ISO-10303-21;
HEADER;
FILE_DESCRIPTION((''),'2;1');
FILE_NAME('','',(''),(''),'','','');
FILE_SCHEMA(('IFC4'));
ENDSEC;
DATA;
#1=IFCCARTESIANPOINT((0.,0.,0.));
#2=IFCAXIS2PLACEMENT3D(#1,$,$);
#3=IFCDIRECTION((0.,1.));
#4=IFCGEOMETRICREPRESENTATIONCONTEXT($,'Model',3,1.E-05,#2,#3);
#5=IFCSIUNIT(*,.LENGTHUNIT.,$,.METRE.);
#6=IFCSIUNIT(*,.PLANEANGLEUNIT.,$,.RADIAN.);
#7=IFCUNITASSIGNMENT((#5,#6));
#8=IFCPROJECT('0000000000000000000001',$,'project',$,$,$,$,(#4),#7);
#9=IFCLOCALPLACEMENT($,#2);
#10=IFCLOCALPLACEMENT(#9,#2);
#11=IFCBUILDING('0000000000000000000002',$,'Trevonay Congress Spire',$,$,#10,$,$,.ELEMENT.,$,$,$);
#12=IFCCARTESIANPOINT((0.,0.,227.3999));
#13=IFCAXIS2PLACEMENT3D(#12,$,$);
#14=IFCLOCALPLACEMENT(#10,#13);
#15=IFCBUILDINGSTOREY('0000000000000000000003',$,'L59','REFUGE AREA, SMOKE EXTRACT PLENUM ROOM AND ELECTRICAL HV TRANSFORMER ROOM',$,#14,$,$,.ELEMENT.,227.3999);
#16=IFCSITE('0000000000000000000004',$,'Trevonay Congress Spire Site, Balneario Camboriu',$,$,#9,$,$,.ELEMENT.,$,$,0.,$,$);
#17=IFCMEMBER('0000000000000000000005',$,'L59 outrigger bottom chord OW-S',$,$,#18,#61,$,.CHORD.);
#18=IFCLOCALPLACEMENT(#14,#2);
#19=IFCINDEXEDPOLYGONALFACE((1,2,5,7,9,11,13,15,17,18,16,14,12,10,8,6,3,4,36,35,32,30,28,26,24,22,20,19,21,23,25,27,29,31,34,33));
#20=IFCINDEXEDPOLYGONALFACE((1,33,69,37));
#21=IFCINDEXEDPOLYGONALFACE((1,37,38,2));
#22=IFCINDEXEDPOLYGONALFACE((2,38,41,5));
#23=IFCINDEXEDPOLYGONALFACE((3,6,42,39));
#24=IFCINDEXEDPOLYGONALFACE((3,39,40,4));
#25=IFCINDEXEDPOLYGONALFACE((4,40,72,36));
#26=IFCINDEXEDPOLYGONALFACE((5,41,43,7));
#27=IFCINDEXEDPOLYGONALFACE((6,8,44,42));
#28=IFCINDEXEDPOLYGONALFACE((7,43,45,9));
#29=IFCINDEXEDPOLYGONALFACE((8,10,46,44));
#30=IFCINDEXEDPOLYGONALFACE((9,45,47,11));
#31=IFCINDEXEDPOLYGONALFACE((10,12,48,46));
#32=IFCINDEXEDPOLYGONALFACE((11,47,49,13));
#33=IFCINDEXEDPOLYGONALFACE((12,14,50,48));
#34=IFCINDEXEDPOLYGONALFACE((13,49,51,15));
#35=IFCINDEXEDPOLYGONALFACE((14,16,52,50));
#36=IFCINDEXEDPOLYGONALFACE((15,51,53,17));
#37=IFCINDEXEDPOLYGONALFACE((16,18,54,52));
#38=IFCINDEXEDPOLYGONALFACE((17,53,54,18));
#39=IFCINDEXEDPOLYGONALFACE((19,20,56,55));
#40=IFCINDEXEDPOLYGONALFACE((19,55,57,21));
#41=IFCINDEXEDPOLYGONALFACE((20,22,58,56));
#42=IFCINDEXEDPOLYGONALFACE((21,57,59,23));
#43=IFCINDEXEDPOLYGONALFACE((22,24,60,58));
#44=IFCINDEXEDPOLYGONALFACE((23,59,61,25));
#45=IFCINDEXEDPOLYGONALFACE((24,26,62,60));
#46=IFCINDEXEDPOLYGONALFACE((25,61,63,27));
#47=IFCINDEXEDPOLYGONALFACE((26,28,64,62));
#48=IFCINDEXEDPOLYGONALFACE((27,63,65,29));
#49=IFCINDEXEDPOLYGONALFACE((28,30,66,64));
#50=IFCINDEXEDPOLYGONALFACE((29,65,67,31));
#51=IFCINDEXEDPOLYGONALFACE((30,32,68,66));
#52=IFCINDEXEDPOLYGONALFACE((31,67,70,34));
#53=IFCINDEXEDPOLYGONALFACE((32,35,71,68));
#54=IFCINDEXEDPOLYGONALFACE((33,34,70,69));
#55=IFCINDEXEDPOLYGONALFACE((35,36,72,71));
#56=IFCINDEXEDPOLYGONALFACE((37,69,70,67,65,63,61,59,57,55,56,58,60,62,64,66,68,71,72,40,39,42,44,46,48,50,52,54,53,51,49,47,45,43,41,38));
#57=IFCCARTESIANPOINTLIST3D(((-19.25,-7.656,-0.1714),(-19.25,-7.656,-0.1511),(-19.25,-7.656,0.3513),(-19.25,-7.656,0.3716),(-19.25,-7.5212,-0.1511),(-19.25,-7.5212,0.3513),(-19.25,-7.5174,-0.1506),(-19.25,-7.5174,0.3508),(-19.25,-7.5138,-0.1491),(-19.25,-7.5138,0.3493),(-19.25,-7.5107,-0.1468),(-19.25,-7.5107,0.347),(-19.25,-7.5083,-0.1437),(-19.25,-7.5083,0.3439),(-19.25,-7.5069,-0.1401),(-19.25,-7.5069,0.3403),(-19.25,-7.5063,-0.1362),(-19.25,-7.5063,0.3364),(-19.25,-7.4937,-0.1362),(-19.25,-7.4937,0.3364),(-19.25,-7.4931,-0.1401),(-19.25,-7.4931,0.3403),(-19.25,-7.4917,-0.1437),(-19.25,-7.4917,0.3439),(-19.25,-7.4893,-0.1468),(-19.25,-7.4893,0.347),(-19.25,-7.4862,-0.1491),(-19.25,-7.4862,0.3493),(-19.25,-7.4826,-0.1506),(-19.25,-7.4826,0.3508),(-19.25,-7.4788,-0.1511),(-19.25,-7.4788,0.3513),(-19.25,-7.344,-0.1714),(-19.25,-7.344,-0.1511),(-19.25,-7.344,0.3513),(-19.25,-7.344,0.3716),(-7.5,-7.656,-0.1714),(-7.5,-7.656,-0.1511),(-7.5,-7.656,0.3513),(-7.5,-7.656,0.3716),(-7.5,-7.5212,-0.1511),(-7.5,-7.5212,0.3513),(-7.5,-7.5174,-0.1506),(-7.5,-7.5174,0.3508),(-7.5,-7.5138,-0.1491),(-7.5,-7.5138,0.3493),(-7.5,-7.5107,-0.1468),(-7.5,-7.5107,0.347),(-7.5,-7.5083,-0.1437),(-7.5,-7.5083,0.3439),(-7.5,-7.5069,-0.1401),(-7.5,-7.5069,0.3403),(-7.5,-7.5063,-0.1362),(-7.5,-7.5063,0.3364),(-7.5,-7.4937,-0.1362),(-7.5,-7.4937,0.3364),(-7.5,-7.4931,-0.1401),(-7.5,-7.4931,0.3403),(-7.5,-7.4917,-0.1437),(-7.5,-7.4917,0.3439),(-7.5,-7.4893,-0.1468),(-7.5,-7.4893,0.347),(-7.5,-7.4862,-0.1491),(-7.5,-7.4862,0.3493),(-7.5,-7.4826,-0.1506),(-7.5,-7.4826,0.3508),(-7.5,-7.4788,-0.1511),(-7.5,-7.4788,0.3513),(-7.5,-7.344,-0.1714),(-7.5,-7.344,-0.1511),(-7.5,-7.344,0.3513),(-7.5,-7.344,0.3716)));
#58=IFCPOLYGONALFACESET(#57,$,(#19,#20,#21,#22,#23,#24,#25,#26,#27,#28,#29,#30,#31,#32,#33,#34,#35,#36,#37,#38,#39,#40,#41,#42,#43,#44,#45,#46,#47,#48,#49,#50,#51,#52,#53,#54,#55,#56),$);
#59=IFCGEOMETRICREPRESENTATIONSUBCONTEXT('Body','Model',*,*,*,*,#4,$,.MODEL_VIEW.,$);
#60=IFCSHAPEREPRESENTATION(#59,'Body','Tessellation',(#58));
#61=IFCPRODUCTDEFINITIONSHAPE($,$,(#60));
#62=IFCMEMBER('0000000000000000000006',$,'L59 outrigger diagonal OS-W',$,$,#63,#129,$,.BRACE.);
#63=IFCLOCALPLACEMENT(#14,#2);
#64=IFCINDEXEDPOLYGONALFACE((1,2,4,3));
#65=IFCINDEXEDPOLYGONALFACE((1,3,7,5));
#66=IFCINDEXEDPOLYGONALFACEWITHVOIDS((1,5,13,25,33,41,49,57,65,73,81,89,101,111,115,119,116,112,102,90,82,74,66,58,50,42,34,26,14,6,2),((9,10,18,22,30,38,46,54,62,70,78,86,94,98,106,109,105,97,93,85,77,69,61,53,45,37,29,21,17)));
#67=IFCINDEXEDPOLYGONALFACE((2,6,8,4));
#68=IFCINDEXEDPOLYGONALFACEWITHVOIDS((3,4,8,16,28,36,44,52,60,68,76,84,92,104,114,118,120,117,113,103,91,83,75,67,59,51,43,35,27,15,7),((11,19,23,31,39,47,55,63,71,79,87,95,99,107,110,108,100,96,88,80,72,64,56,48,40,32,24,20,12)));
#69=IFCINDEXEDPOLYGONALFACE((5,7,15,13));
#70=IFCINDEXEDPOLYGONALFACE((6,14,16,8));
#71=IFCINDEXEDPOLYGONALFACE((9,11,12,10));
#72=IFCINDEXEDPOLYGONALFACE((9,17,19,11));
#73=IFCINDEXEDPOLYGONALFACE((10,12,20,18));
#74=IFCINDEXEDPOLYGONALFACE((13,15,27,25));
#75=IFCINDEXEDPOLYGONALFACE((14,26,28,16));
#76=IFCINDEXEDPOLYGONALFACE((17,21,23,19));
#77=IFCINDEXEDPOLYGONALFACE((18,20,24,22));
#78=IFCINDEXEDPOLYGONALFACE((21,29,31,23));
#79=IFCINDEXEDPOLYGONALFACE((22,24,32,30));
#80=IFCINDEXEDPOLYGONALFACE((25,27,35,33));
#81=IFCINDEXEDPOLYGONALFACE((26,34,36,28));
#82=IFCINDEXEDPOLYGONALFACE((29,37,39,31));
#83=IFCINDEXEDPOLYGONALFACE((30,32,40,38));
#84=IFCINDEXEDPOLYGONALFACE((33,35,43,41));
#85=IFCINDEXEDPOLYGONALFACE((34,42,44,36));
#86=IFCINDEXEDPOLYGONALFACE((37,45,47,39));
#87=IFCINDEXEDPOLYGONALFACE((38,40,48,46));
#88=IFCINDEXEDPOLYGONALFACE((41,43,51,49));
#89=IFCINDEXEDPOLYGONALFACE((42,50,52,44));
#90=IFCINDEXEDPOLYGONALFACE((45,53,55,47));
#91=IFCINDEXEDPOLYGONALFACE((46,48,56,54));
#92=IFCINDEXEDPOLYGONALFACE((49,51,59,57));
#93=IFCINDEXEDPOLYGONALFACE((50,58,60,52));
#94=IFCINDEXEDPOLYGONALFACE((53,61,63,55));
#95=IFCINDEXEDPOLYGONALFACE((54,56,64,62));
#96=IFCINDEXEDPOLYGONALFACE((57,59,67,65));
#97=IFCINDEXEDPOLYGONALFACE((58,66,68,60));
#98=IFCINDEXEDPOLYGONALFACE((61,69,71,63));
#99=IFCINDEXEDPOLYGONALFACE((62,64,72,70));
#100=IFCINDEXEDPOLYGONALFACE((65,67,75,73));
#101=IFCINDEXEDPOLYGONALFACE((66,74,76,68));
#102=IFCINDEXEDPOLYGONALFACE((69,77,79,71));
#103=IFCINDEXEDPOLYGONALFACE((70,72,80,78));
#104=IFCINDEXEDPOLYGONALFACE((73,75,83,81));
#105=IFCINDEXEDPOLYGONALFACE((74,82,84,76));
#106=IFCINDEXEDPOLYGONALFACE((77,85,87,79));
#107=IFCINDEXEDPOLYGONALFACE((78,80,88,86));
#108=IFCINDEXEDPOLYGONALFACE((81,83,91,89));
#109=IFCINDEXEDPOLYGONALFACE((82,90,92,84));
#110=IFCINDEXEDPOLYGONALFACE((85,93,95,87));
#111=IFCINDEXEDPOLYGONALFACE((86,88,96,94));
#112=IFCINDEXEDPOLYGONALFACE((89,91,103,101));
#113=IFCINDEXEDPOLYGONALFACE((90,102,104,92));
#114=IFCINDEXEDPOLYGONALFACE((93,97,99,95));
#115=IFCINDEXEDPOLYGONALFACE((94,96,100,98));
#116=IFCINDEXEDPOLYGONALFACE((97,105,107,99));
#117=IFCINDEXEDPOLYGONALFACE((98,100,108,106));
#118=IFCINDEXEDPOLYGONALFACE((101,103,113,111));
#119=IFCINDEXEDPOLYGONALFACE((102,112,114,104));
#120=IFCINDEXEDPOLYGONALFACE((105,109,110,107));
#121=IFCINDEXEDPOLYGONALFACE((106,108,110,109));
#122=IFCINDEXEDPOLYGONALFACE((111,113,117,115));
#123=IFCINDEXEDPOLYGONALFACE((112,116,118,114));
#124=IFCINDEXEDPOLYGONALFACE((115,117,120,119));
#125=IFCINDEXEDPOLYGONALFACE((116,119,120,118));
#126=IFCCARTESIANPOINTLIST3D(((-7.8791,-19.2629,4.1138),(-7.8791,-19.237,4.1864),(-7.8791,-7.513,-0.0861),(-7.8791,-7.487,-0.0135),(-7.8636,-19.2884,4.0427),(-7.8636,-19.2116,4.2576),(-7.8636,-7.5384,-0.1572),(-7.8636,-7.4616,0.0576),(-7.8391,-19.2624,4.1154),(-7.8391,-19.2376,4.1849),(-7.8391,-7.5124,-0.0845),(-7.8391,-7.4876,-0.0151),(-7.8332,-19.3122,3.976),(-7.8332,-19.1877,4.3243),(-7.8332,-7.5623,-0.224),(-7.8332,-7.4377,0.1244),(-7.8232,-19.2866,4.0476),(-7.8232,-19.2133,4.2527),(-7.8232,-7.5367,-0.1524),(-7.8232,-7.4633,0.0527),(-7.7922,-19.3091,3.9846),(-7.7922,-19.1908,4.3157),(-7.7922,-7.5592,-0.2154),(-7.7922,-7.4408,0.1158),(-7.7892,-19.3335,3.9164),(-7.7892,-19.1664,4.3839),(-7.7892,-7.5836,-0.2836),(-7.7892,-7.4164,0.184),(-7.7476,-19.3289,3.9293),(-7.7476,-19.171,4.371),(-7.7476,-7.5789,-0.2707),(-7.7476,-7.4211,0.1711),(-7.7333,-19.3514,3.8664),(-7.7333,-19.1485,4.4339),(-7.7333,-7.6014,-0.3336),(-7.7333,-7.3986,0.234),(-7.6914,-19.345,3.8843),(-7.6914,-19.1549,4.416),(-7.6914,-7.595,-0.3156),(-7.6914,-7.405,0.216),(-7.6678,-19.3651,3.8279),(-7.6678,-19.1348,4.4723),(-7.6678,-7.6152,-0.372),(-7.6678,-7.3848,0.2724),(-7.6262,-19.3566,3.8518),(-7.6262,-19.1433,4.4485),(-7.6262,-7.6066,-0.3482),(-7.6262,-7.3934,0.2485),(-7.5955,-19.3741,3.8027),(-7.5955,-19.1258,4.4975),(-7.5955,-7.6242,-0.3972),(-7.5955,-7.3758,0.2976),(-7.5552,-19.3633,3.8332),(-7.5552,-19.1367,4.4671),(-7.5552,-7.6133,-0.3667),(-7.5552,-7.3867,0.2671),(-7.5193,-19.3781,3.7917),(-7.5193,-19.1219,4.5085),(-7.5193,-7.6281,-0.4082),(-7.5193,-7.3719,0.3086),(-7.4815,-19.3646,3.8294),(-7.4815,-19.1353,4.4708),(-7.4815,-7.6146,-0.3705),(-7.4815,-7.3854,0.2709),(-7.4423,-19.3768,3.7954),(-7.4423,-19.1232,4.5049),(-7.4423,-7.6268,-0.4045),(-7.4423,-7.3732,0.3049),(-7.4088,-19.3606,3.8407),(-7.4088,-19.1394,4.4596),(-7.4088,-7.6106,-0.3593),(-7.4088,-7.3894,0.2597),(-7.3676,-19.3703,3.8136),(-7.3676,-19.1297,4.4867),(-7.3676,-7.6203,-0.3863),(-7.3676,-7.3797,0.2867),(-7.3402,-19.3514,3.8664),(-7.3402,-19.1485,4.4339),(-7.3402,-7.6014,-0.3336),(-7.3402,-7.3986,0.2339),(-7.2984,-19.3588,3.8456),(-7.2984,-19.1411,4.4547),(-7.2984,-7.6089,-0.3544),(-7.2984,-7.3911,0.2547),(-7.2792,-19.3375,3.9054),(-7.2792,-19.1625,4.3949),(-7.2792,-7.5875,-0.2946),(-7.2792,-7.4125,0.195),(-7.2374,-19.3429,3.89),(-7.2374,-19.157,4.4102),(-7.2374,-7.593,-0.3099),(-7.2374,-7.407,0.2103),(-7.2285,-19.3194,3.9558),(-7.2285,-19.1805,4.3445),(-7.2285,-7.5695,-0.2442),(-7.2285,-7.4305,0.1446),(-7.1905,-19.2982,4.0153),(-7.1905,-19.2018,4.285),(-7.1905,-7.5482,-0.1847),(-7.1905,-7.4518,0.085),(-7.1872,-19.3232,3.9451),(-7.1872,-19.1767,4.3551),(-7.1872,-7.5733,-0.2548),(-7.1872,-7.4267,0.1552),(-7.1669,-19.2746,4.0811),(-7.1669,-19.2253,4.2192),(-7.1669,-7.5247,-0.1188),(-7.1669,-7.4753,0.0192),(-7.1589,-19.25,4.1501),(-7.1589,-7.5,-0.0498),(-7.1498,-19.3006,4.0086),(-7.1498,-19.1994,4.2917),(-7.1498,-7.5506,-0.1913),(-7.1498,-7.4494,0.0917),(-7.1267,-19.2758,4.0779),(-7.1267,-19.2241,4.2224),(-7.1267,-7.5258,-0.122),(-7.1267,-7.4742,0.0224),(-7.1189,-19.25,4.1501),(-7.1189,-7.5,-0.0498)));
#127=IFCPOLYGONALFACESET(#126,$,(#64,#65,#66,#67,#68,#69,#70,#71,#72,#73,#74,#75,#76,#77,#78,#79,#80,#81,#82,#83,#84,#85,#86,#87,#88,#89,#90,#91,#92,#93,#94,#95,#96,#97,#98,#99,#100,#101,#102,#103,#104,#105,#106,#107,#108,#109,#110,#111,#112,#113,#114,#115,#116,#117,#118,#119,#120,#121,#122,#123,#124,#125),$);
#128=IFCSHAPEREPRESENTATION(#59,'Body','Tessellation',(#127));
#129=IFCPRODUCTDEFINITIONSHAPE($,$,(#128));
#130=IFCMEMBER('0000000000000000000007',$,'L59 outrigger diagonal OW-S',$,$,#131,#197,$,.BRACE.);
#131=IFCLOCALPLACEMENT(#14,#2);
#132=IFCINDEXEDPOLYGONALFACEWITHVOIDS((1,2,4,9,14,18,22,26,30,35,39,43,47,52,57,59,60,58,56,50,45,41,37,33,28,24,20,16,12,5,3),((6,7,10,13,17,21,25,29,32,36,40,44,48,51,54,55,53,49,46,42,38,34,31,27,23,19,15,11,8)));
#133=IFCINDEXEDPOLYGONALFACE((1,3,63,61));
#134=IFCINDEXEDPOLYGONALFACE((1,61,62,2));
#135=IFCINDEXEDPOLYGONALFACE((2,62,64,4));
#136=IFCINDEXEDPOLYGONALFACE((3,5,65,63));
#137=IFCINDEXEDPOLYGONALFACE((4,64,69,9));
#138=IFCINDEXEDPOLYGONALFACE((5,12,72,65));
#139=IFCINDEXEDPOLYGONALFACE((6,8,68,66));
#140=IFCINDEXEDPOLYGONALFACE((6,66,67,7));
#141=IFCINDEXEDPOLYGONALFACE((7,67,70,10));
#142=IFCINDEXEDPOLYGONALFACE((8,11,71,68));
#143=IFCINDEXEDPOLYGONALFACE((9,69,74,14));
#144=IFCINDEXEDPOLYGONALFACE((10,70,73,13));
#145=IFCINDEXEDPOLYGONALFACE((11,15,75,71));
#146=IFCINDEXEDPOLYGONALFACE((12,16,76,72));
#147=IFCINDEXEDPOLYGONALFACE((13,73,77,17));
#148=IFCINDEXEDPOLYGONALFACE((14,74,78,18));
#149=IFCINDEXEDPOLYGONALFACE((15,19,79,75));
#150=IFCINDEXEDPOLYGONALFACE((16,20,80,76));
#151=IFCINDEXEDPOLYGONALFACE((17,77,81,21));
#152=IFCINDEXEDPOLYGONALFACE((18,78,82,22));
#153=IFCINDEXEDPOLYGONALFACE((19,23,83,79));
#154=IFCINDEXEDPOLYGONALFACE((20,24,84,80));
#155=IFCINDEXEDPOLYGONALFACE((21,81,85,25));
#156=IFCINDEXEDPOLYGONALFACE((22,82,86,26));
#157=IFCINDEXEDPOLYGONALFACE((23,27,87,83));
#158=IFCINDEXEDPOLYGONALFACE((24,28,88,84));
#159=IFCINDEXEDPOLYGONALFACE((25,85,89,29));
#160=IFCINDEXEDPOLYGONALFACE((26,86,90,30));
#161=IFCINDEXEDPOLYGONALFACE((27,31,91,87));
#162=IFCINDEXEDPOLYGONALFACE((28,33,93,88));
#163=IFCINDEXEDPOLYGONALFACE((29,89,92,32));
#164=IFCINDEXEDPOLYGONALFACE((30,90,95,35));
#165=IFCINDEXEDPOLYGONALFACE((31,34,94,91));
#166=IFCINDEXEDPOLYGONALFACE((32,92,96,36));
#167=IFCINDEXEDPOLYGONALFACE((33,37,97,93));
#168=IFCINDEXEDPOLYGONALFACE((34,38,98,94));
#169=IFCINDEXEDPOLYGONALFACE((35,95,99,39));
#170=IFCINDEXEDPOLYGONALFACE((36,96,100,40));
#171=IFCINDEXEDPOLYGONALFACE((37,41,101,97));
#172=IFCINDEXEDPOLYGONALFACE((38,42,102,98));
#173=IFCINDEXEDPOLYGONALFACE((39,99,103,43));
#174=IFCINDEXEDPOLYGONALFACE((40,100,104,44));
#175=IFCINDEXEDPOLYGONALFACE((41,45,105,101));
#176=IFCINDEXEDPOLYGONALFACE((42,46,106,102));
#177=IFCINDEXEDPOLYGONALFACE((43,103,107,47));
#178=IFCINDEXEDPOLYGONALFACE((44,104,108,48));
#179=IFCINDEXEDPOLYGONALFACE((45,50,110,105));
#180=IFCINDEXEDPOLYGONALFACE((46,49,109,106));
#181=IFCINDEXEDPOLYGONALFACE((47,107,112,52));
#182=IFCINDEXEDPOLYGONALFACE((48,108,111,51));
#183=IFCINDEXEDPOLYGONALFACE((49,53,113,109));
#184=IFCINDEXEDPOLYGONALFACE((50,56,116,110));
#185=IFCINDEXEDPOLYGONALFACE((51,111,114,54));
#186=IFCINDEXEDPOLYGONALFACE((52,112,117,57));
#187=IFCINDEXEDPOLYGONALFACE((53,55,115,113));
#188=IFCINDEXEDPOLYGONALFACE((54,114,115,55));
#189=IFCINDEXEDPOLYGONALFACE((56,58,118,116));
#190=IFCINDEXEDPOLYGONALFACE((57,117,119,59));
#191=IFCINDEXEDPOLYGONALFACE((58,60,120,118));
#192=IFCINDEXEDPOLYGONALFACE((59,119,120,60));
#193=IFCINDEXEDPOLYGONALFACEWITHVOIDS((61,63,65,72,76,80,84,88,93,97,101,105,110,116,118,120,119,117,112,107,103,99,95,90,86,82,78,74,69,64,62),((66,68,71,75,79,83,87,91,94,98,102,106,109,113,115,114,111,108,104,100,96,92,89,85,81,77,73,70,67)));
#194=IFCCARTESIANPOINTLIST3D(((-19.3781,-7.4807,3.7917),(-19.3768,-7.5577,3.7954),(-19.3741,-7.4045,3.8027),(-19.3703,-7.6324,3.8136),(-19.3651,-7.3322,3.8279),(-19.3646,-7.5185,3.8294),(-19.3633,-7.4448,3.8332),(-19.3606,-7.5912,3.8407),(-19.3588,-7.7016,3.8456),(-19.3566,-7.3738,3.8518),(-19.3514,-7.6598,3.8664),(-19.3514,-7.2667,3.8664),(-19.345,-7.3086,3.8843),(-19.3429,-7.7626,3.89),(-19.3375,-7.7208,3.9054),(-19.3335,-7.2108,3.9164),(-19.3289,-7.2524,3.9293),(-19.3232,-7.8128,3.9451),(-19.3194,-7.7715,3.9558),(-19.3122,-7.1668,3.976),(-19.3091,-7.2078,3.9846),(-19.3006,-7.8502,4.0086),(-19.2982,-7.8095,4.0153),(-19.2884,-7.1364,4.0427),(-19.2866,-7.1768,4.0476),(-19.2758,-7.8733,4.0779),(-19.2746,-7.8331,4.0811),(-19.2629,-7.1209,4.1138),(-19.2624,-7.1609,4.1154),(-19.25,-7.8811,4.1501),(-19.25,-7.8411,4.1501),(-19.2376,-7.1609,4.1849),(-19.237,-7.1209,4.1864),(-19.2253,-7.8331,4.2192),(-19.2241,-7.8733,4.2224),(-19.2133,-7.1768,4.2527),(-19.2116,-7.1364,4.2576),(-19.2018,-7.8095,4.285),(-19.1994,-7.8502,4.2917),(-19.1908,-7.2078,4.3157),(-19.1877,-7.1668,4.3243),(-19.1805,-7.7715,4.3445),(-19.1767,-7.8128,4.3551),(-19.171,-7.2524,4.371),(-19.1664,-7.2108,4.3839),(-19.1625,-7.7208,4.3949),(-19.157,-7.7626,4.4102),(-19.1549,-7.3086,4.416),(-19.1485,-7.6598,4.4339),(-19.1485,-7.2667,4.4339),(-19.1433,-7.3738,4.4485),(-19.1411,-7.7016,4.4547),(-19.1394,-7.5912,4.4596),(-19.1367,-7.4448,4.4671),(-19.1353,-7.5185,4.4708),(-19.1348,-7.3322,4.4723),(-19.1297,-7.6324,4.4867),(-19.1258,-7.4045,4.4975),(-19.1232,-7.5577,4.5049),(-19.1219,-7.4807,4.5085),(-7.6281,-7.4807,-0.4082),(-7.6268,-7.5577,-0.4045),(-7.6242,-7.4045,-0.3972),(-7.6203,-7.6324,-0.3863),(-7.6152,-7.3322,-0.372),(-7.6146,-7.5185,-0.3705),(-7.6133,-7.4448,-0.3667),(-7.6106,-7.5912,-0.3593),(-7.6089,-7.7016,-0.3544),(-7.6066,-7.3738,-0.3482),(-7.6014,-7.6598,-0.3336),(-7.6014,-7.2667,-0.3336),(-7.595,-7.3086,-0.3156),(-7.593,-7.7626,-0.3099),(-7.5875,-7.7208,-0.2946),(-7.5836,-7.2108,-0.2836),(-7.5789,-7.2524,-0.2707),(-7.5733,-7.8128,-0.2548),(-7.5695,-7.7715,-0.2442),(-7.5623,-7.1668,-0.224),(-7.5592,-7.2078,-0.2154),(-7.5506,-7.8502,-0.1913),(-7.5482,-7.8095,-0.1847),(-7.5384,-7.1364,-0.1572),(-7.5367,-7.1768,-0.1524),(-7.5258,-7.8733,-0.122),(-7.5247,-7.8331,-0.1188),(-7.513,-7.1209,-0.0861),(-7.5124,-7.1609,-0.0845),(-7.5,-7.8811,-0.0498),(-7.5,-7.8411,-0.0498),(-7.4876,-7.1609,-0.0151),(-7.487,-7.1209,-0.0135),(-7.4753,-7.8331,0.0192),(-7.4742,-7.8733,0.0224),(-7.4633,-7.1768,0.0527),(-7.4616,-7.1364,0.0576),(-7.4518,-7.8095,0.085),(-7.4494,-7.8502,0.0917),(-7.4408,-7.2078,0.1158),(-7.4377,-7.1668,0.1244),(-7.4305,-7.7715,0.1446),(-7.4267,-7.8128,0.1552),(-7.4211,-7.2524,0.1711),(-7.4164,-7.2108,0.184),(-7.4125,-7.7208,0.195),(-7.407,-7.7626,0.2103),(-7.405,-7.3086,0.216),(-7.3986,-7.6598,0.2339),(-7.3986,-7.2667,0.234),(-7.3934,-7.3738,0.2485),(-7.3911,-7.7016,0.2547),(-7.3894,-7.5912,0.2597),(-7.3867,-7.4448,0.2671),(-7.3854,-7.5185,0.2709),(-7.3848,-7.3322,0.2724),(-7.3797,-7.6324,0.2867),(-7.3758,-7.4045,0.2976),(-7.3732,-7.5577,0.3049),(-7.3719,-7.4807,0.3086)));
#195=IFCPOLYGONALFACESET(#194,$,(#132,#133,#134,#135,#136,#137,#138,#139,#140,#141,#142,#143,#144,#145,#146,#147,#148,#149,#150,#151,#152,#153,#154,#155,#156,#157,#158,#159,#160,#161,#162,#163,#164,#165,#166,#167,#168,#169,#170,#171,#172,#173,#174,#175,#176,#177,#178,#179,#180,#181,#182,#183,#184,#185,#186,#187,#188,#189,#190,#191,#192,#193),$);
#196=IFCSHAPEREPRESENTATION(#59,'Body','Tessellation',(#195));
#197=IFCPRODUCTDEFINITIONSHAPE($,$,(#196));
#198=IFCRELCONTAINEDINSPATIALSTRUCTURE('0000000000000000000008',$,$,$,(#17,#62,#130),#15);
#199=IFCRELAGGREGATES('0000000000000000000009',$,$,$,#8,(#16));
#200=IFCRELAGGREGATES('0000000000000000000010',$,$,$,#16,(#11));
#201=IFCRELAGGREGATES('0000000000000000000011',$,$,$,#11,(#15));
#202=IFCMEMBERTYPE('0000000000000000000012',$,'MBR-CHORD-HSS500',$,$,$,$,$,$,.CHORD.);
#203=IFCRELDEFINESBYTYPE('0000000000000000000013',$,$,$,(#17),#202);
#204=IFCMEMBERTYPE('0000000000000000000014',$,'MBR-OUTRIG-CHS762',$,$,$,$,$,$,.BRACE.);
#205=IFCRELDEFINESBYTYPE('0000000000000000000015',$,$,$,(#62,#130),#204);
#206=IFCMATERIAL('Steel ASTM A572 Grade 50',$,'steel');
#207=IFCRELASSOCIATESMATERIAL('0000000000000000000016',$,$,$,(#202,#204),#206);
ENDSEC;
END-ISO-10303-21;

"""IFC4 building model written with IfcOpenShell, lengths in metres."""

from ifc_helpers import new_model, si_unit, direction, frame, origin, origin_2d, place, context, subcontext, project, spatial, hollow_circle, i_section, extrude, material, material_profile, profile_set, type_object, element, save


model = new_model("IFC4")

# Units and contexts
model_context = context("Model", 3, precision=1e-05, world=origin(), true_north=direction((0.0, 1.0)))
body_context = subcontext(model_context, "Body", "Model", "MODEL_VIEW")
ifc_project = project(units=[si_unit("LENGTHUNIT", "METRE"), si_unit("PLANEANGLEUNIT", "RADIAN")], contexts=[model_context])

# Site, building, storey
site_placement = place(None, origin())
site = spatial("IfcSite", under=ifc_project, at=site_placement, Name="Trevonay Congress Spire Site, Balneario Camboriu", CompositionType="ELEMENT", RefElevation=0.0)
building_placement = place(site_placement, origin())
building = spatial("IfcBuilding", under=site, at=building_placement, Name="Trevonay Congress Spire", CompositionType="ELEMENT")
storey_placement = place(building_placement, frame((0.0, 0.0, 227.3999)))
storey = spatial("IfcBuildingStorey", under=building, at=storey_placement, Name="L59", Description="REFUGE AREA, SMOKE EXTRACT PLENUM ROOM AND ELECTRICAL HV TRANSFORMER ROOM", CompositionType="ELEMENT", Elevation=227.3999)

# Shared definitions
ifc_material_1 = material(Name="Steel ASTM A572 Grade 50", Category="steel")

# Members
ifc_material_profile_1 = material_profile(ifc_material_1, i_section(OverallWidth=0.312, OverallDepth=0.543, WebThickness=0.0127, FlangeThickness=0.0203, FilletRadius=0.0149, at=origin_2d()), Name="W530x150")
ifc_profile_set_1 = profile_set([ifc_material_profile_1], Name="Steel ASTM A572 Grade 50")
member_type_1 = type_object("IfcMemberType", Name="MBR-CHORD-HSS500", PredefinedType="CHORD", material=ifc_profile_set_1)
for number, where, z_axis, x_axis, name in (
    (1, (-7.5, -7.5, 0.1001), (-1.0, 0.0, 0.0), (0.0, -1.0, 0.0), "L59 outrigger bottom chord OW-S"),
):
    element("IfcMember", number, at=place(storey_placement, frame(where, z_axis=z_axis, x_axis=x_axis)), inside=storey, type_object=member_type_1, Name=name, PredefinedType="CHORD", context=body_context, shape_type="SweptSolid", body=[
        extrude(i_section(OverallWidth=0.312, OverallDepth=0.543, WebThickness=0.0127, FlangeThickness=0.0203, FilletRadius=0.0149, at=origin_2d()), origin(), (0.0, 0.0, 1.0), 11.75),
    ])
ifc_material_profile_2 = material_profile(ifc_material_1, hollow_circle(Radius=0.3811, WallThickness=0.04, at=origin_2d()), Name="CHS 762x40")
ifc_profile_set_2 = profile_set([ifc_material_profile_2], Name="Steel ASTM A572 Grade 50")
member_type_2 = type_object("IfcMemberType", Name="MBR-OUTRIG-CHS762", PredefinedType="BRACE", material=ifc_profile_set_2)
for number, where, z_axis, x_axis, name in (
    (2, (-7.5, -7.5, -0.0498), (0.0, -0.941652, 0.336587), (1.0, 0.0, 0.0), "L59 outrigger diagonal OS-W"),
    (3, (-7.5, -7.5, -0.0498), (-0.941652, 0.0, 0.336587), (0.0, -1.0, 0.0), "L59 outrigger diagonal OW-S"),
):
    element("IfcMember", number, at=place(storey_placement, frame(where, z_axis=z_axis, x_axis=x_axis)), inside=storey, type_object=member_type_2, Name=name, PredefinedType="BRACE", context=body_context, shape_type="SweptSolid", body=[
        extrude(hollow_circle(Radius=0.3811, WallThickness=0.04, at=origin_2d()), origin(), (0.0, 0.0, 1.0), 12.478),
    ])

save(model, "model.ifc")
